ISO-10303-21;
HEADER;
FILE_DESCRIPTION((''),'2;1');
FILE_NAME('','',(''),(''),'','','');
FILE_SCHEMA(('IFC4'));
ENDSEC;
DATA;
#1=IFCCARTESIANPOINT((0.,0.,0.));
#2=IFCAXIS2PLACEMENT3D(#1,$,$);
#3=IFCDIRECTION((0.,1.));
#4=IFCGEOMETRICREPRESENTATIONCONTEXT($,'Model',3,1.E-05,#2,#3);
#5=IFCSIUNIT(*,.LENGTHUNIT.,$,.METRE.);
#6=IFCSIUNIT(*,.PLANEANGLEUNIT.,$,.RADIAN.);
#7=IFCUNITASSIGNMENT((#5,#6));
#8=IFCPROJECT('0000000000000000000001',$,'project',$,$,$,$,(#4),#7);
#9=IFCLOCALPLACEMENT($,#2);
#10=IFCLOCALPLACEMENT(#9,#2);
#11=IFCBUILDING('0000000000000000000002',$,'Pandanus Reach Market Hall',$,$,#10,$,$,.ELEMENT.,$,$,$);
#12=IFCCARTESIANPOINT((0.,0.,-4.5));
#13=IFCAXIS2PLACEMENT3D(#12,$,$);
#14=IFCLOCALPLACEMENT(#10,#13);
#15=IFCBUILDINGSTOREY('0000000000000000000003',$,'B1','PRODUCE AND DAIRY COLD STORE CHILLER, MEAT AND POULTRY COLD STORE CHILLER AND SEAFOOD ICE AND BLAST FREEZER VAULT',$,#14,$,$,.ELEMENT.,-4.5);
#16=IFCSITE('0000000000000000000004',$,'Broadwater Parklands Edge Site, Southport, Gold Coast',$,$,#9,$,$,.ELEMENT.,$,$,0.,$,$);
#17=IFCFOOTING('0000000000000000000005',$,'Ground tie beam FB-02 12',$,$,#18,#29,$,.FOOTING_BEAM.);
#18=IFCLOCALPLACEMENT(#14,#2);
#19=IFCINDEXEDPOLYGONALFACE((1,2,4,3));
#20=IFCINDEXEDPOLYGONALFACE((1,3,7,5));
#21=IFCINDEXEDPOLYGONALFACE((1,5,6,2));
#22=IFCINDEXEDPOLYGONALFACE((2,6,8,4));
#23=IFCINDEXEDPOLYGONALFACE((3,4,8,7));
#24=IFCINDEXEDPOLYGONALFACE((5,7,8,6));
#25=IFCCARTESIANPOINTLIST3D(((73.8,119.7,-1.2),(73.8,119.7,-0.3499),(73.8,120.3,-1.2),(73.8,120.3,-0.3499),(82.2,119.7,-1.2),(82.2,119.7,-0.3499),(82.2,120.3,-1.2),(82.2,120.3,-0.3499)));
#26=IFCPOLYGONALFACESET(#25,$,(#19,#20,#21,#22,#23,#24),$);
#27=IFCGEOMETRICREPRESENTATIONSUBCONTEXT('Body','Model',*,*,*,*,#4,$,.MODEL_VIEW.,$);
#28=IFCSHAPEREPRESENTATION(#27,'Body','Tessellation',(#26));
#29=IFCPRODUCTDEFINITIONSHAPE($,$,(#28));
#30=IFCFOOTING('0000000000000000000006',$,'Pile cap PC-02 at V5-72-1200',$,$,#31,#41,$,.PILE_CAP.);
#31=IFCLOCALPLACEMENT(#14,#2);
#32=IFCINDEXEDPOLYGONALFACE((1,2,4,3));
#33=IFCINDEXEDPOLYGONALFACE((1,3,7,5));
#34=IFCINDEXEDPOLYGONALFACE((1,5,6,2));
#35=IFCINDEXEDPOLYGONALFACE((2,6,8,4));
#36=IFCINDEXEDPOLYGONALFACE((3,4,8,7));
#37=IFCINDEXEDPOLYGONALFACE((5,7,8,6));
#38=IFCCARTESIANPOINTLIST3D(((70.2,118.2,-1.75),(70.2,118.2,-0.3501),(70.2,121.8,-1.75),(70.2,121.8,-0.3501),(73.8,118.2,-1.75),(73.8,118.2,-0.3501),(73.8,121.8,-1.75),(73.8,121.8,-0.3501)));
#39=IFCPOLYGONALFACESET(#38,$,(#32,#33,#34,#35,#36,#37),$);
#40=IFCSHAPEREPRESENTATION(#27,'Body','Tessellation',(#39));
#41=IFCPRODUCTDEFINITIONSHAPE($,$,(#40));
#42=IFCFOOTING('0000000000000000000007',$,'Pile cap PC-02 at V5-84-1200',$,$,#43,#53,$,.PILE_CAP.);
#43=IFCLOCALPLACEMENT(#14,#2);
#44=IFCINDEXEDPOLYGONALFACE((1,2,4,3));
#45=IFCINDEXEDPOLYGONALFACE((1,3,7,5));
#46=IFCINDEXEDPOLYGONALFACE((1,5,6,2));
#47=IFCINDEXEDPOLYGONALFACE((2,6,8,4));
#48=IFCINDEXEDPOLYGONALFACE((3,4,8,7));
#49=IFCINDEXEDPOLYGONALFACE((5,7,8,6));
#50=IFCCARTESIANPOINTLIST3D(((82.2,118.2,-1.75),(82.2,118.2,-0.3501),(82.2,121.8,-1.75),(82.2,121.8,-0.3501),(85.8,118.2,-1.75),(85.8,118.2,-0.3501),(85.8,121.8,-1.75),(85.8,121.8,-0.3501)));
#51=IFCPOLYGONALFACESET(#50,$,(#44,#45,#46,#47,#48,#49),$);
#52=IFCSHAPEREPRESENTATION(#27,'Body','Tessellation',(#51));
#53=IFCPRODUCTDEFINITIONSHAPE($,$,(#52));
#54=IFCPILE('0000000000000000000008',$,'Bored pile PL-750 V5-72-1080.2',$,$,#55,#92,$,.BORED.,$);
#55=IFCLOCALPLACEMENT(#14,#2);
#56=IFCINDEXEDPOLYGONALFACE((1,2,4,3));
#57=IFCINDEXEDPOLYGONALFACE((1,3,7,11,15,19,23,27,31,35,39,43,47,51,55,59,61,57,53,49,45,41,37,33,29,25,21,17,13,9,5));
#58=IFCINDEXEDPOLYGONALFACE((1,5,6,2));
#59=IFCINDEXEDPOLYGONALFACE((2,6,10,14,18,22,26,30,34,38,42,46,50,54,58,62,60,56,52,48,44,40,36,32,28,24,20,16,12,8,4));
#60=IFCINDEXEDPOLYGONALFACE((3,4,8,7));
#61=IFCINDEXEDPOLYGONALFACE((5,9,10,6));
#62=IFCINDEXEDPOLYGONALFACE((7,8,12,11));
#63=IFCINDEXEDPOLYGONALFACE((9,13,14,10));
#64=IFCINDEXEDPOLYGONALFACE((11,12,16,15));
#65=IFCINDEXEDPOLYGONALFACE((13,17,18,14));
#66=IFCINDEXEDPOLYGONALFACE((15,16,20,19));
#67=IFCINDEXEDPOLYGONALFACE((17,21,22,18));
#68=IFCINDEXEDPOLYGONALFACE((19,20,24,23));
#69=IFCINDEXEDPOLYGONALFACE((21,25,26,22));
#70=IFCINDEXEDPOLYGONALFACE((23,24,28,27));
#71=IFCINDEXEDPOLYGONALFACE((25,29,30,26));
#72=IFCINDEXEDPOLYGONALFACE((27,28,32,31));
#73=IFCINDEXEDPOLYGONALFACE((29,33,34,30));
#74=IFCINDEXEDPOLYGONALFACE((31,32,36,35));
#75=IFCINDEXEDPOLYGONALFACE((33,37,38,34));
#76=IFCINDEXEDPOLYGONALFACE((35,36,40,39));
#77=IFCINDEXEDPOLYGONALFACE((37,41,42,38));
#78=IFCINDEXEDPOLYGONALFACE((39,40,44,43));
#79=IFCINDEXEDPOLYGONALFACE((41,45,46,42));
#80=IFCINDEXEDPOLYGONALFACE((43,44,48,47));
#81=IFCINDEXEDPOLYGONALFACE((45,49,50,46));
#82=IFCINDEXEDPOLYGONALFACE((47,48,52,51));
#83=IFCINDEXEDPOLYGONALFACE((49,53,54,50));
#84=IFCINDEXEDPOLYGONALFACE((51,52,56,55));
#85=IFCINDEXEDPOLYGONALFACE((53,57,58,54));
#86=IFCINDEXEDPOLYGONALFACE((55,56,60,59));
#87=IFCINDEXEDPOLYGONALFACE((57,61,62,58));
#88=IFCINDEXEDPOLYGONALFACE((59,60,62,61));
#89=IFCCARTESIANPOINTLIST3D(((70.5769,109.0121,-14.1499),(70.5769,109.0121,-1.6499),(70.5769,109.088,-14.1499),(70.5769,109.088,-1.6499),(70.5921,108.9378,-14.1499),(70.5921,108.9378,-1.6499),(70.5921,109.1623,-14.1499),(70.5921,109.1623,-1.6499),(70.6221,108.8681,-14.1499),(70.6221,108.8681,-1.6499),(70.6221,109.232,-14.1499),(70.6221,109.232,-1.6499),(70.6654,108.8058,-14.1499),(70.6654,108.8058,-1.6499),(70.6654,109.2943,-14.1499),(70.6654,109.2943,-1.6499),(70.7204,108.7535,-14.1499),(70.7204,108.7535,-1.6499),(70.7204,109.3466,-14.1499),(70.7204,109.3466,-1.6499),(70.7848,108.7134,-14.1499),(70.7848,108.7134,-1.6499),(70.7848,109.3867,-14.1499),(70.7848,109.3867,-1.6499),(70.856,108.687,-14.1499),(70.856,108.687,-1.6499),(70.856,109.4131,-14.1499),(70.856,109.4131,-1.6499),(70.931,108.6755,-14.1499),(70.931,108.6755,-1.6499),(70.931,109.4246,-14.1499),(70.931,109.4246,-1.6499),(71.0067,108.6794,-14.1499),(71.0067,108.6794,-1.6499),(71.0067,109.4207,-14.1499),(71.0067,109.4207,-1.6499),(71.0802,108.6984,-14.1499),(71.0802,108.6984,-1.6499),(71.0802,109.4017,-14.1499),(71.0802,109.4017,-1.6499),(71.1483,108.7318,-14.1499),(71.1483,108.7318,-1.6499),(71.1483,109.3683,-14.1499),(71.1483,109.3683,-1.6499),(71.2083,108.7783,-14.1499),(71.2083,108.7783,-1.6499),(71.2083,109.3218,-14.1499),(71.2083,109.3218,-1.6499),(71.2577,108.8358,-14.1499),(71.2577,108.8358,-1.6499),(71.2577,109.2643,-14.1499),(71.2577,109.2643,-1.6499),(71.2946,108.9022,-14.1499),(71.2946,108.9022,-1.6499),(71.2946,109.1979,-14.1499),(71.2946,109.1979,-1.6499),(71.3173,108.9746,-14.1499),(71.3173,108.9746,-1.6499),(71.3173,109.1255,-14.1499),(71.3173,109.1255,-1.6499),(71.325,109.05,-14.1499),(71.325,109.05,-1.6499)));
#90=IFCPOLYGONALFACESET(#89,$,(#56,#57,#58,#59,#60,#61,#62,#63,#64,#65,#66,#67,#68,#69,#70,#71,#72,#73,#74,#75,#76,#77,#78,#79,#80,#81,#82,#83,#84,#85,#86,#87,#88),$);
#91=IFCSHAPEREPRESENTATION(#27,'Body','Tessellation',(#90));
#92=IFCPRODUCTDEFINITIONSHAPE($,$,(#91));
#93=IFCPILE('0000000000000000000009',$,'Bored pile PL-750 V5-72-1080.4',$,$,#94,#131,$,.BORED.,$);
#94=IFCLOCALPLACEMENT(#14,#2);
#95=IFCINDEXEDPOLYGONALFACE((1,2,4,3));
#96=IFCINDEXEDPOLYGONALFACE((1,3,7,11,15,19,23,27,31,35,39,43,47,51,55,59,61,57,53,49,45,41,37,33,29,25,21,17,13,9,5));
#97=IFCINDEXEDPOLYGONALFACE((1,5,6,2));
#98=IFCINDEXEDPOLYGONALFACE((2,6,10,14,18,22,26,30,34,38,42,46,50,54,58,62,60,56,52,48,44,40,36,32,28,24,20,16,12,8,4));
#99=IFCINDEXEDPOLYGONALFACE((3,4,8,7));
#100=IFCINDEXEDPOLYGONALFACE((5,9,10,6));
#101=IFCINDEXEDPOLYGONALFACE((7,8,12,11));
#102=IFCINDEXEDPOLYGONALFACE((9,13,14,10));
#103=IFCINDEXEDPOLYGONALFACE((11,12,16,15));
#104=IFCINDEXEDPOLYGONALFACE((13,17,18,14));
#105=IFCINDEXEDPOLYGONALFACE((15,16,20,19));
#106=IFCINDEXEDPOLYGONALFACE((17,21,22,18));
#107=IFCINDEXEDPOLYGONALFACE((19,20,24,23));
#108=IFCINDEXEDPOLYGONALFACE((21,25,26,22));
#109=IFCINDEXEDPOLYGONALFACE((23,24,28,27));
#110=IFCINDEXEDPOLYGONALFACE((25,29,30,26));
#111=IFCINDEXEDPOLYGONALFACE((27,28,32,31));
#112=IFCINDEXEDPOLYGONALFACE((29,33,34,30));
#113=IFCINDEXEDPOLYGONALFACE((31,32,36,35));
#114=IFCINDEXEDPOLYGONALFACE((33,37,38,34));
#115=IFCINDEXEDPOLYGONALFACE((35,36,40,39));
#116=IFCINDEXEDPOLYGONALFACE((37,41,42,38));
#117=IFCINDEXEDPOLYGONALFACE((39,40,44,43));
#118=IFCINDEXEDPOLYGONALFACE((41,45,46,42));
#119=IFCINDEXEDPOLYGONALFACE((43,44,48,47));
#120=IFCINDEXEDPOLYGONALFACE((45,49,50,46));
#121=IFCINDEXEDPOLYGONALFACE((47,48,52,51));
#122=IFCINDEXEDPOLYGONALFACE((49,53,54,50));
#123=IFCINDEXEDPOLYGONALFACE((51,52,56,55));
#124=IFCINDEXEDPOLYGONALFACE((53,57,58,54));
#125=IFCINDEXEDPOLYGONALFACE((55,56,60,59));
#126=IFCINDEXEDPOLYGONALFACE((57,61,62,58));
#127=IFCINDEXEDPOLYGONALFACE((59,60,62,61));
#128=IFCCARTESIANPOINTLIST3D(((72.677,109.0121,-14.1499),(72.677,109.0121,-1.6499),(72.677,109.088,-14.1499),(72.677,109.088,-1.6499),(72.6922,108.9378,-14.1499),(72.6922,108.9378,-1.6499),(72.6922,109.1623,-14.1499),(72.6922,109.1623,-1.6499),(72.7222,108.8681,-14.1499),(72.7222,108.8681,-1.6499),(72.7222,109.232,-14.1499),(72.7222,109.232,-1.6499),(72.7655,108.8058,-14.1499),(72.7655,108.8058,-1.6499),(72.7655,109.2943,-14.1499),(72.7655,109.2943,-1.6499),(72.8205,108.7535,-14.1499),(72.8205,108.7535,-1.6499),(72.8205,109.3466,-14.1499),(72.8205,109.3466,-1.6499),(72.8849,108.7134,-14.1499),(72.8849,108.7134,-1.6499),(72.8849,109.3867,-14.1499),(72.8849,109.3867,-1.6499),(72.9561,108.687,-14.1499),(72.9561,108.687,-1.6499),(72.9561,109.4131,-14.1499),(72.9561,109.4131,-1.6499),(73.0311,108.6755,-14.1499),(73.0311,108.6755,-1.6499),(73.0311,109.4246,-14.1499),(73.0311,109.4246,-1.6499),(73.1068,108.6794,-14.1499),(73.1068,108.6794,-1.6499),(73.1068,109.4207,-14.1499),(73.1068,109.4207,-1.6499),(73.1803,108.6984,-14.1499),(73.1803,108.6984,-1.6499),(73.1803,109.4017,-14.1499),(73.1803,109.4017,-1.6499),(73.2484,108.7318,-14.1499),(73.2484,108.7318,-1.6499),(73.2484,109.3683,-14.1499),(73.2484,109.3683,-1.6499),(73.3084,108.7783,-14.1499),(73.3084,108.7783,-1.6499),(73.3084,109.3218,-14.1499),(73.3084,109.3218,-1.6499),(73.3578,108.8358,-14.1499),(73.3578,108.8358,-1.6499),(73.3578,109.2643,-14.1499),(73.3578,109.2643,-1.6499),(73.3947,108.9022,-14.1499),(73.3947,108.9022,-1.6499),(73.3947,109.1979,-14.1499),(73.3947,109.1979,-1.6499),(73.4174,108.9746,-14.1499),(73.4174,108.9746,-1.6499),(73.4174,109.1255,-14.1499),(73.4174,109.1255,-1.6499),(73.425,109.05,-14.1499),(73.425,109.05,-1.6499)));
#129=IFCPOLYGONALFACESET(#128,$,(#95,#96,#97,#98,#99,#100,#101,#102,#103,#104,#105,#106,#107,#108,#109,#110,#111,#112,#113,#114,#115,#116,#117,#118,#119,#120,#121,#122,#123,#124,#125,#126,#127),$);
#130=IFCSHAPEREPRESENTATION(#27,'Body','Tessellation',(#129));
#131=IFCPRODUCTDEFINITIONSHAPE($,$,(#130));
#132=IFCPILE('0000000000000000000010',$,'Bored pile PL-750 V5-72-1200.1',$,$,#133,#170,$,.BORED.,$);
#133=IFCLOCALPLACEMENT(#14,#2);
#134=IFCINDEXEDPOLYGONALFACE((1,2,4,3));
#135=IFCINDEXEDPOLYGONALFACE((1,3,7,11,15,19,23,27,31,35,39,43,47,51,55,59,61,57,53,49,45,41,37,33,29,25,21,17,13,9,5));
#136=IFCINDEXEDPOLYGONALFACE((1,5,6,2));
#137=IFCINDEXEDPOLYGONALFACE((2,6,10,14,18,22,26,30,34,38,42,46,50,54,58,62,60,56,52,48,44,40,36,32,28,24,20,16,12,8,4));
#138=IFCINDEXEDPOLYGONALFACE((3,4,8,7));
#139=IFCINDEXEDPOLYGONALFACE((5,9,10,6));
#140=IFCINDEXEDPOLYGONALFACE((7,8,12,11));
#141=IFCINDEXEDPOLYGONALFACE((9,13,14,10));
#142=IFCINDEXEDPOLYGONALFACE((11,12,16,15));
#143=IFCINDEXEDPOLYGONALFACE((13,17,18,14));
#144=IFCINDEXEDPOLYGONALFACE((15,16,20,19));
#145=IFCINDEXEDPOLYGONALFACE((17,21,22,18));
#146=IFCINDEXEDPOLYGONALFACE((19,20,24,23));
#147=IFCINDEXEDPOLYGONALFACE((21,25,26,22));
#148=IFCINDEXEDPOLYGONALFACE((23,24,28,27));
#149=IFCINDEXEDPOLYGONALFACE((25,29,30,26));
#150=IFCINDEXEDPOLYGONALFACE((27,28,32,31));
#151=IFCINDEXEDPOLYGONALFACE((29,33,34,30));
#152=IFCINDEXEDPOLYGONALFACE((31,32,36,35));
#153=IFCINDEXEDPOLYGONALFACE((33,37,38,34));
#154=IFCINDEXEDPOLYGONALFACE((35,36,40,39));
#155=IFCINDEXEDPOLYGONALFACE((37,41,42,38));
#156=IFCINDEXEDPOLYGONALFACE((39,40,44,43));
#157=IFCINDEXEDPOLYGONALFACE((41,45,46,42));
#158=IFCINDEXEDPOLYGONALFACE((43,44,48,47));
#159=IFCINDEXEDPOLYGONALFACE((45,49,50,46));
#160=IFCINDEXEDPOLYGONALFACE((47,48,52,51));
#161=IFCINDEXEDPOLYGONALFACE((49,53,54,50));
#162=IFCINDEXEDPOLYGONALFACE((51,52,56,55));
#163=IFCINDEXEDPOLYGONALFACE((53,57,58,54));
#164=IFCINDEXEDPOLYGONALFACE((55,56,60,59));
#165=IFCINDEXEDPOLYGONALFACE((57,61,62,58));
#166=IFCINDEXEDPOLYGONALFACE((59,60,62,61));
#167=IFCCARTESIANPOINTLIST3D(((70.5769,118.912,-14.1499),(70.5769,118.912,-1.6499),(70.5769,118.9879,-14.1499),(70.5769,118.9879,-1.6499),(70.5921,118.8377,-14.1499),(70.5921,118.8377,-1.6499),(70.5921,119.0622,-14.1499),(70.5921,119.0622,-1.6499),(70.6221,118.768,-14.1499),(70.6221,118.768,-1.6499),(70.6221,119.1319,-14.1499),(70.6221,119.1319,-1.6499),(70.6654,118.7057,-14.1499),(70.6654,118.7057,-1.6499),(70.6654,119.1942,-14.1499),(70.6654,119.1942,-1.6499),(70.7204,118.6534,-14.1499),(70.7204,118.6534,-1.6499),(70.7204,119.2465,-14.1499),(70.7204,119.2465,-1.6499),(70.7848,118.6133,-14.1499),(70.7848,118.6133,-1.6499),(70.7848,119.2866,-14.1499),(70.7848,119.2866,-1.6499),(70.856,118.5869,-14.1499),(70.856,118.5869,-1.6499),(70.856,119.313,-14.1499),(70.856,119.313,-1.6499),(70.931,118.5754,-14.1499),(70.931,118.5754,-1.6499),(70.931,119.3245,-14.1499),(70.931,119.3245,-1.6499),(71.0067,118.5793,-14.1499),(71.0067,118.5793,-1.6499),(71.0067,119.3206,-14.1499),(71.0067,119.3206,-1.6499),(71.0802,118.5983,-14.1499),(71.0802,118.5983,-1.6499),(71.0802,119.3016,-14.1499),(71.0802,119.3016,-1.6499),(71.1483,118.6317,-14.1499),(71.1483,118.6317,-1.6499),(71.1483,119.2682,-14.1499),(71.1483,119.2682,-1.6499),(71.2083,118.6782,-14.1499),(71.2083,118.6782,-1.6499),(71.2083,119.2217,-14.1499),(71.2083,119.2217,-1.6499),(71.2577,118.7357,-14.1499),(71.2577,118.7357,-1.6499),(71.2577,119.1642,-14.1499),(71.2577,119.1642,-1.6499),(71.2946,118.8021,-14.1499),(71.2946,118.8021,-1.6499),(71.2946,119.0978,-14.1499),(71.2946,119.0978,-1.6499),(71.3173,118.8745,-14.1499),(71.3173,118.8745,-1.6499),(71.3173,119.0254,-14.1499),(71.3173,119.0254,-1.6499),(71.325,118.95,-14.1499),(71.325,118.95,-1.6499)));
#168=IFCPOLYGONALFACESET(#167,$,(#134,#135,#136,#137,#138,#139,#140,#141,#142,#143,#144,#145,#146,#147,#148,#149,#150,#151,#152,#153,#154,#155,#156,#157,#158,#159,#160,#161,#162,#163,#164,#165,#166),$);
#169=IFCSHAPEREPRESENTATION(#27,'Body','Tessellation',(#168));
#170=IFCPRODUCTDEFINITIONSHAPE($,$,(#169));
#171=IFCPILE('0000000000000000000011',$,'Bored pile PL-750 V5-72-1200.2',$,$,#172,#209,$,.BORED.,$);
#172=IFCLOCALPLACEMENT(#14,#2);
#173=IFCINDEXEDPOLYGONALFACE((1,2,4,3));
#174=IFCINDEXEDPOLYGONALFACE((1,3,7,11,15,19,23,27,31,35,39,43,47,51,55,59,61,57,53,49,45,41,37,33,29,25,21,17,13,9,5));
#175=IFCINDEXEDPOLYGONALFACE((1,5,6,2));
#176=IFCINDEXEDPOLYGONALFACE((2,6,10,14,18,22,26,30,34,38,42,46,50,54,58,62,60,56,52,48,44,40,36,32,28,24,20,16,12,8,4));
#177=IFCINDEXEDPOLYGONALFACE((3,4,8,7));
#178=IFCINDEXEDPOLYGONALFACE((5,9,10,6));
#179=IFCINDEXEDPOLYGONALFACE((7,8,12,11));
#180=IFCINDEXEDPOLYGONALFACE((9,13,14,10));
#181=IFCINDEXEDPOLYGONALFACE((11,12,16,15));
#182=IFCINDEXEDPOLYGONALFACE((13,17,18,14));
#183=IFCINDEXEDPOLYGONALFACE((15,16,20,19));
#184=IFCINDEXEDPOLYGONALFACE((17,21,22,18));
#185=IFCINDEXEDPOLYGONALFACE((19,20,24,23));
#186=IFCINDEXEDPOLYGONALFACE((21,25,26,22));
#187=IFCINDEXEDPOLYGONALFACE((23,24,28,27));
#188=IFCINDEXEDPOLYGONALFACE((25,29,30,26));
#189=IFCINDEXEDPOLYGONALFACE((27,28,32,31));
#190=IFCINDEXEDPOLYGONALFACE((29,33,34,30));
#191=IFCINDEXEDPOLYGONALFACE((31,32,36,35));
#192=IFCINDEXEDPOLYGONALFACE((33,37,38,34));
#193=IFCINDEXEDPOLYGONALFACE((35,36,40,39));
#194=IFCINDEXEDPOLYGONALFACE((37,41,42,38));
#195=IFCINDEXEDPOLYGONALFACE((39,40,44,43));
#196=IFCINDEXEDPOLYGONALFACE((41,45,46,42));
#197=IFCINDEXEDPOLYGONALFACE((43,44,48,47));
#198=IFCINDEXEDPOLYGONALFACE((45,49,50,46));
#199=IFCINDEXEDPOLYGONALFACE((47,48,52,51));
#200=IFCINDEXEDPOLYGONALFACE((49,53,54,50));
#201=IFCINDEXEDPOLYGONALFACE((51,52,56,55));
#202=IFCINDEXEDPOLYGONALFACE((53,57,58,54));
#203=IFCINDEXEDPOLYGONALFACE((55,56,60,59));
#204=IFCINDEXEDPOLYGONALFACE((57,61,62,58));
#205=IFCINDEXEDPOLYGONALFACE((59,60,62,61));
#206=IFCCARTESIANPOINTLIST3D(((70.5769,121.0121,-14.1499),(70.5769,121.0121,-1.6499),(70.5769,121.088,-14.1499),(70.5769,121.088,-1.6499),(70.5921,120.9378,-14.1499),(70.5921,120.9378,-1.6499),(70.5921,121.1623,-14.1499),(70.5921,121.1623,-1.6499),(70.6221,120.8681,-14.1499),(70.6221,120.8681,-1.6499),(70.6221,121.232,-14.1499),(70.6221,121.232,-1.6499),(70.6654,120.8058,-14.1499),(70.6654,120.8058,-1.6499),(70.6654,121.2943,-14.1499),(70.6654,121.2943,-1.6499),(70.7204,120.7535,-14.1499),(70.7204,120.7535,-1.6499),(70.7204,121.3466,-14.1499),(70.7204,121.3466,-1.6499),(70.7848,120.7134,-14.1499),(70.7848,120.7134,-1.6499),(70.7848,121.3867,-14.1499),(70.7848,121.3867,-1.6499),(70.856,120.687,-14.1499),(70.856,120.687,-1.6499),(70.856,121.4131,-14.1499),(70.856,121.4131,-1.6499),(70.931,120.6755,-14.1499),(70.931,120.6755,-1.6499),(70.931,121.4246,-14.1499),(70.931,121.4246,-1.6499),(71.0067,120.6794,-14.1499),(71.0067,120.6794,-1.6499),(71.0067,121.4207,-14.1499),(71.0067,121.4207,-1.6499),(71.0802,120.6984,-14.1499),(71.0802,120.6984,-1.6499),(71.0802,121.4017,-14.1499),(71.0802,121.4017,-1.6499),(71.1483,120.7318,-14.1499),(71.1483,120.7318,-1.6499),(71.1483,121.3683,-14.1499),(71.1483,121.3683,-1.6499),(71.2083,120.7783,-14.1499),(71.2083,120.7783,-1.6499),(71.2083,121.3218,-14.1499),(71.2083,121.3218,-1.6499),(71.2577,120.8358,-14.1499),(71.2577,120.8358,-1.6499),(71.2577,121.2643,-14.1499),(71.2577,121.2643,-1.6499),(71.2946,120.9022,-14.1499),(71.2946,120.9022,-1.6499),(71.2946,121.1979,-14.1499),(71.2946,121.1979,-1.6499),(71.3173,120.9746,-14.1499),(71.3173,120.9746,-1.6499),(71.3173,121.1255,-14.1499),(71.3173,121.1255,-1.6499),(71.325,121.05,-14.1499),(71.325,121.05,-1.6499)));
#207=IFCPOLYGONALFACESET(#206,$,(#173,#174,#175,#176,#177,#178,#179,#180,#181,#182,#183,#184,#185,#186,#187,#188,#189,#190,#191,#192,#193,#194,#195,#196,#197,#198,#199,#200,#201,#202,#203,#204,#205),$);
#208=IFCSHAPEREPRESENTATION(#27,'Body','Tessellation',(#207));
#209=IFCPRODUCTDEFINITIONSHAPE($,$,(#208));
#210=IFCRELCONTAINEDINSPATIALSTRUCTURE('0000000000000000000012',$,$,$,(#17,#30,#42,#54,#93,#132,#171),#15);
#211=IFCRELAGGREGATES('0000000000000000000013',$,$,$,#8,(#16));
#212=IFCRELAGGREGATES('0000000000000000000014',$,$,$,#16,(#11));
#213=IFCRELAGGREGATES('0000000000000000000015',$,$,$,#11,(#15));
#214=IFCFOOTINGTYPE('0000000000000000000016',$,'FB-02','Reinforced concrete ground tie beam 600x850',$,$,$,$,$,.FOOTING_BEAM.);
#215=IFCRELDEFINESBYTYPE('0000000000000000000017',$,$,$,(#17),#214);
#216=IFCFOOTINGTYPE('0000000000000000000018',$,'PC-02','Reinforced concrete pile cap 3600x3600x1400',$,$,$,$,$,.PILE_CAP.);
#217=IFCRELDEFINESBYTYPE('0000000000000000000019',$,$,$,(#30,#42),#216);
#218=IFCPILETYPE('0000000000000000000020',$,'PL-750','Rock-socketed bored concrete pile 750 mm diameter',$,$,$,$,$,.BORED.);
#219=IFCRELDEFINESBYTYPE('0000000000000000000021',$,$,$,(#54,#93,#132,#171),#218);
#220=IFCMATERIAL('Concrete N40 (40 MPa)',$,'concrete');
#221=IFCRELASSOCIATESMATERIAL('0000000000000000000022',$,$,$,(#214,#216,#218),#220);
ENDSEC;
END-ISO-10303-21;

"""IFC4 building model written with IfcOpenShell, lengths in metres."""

from ifc_helpers import new_model, si_unit, direction, frame, origin, origin_2d, place, context, subcontext, project, spatial, rectangle, circle, extrude, material, material_profile, profile_set, type_object, element, save


model = new_model("IFC4")

# Units and contexts
model_context = context("Model", 3, precision=1e-05, world=origin(), true_north=direction((0.0, 1.0)))
body_context = subcontext(model_context, "Body", "Model", "MODEL_VIEW")
ifc_project = project(units=[si_unit("LENGTHUNIT", "METRE"), si_unit("PLANEANGLEUNIT", "RADIAN")], contexts=[model_context])

# Site, building, storey
site_placement = place(None, origin())
site = spatial("IfcSite", under=ifc_project, at=site_placement, Name="Broadwater Parklands Edge Site, Southport, Gold Coast", CompositionType="ELEMENT", RefElevation=0.0)
building_placement = place(site_placement, origin())
building = spatial("IfcBuilding", under=site, at=building_placement, Name="Pandanus Reach Market Hall", CompositionType="ELEMENT")
storey_placement = place(building_placement, frame((0.0, 0.0, -4.5)))
storey = spatial("IfcBuildingStorey", under=building, at=storey_placement, Name="B1", Description="PRODUCE AND DAIRY COLD STORE CHILLER, MEAT AND POULTRY COLD STORE CHILLER AND SEAFOOD ICE AND BLAST FREEZER VAULT", CompositionType="ELEMENT", Elevation=-4.5)

# Footings
ifc_material_1 = material(Name="Concrete N40 (40 MPa)", Category="concrete")
footing_type_1 = type_object("IfcFootingType", Name="FB-02", Description="Reinforced concrete ground tie beam 600x850", PredefinedType="FOOTING_BEAM", material=ifc_material_1)
footing_placement = place(storey_placement, frame((78.0, 120.0, -1.2), z_axis=(0.0, 0.0, 1.0), x_axis=(1.0, 0.0, 0.0)))
element("IfcFooting", 1, at=footing_placement, inside=storey, type_object=footing_type_1, Name="Ground tie beam FB-02 12", PredefinedType="FOOTING_BEAM", context=body_context, shape_type="SweptSolid", body=[
    extrude(rectangle(XDim=8.3999, YDim=0.6001, at=origin_2d()), origin(), (0.0, 0.0, 1.0), 0.8501),
])
footing_type_2 = type_object("IfcFootingType", Name="PC-02", Description="Reinforced concrete pile cap 3600x3600x1400", PredefinedType="PILE_CAP", material=ifc_material_1)
for number, where, z_axis, x_axis, name in (
    (2, (72.0, 120.0, -1.75), (0.0, 0.0, 1.0), (1.0, 0.0, 0.0), "Pile cap PC-02 at V5-72-1200"),
    (3, (84.0, 120.0, -1.75), (0.0, 0.0, 1.0), (1.0, 0.0, 0.0), "Pile cap PC-02 at V5-84-1200"),
):
    element("IfcFooting", number, at=place(storey_placement, frame(where, z_axis=z_axis, x_axis=x_axis)), inside=storey, type_object=footing_type_2, Name=name, PredefinedType="PILE_CAP", context=body_context, shape_type="SweptSolid", body=[
        extrude(rectangle(XDim=3.6001, YDim=3.6001, at=origin_2d()), origin(), (0.0, 0.0, 1.0), 1.3999),
    ])

# Piles
ifc_material_profile_1 = material_profile(ifc_material_1, circle(Radius=0.375, at=origin_2d()), Name="PILE-750D", Category="LoadBearing")
ifc_profile_set_1 = profile_set([ifc_material_profile_1], Name="Concrete N40 (40 MPa)")
pile_type = type_object("IfcPileType", Name="PL-750", Description="Rock-socketed bored concrete pile 750 mm diameter", PredefinedType="BORED", material=ifc_profile_set_1)
for number, where, z_axis, x_axis, name in (
    (4, (70.95, 109.05, -1.6499), (0.0, 0.0, -1.0), (1.0, 0.0, 0.0), "Bored pile PL-750 V5-72-1080.2"),
    (5, (73.05, 109.05, -1.6499), (0.0, 0.0, -1.0), (1.0, 0.0, 0.0), "Bored pile PL-750 V5-72-1080.4"),
    (6, (70.95, 118.95, -1.6499), (0.0, 0.0, -1.0), (1.0, 0.0, 0.0), "Bored pile PL-750 V5-72-1200.1"),
    (7, (70.95, 121.05, -1.6499), (0.0, 0.0, -1.0), (1.0, 0.0, 0.0), "Bored pile PL-750 V5-72-1200.2"),
):
    element("IfcPile", number, at=place(storey_placement, frame(where, z_axis=z_axis, x_axis=x_axis)), inside=storey, type_object=pile_type, Name=name, PredefinedType="BORED", context=body_context, shape_type="SweptSolid", body=[
        extrude(circle(Radius=0.375, at=origin_2d()), origin(), (0.0, 0.0, 1.0), 12.5),
    ])

save(model, "model.ifc")
